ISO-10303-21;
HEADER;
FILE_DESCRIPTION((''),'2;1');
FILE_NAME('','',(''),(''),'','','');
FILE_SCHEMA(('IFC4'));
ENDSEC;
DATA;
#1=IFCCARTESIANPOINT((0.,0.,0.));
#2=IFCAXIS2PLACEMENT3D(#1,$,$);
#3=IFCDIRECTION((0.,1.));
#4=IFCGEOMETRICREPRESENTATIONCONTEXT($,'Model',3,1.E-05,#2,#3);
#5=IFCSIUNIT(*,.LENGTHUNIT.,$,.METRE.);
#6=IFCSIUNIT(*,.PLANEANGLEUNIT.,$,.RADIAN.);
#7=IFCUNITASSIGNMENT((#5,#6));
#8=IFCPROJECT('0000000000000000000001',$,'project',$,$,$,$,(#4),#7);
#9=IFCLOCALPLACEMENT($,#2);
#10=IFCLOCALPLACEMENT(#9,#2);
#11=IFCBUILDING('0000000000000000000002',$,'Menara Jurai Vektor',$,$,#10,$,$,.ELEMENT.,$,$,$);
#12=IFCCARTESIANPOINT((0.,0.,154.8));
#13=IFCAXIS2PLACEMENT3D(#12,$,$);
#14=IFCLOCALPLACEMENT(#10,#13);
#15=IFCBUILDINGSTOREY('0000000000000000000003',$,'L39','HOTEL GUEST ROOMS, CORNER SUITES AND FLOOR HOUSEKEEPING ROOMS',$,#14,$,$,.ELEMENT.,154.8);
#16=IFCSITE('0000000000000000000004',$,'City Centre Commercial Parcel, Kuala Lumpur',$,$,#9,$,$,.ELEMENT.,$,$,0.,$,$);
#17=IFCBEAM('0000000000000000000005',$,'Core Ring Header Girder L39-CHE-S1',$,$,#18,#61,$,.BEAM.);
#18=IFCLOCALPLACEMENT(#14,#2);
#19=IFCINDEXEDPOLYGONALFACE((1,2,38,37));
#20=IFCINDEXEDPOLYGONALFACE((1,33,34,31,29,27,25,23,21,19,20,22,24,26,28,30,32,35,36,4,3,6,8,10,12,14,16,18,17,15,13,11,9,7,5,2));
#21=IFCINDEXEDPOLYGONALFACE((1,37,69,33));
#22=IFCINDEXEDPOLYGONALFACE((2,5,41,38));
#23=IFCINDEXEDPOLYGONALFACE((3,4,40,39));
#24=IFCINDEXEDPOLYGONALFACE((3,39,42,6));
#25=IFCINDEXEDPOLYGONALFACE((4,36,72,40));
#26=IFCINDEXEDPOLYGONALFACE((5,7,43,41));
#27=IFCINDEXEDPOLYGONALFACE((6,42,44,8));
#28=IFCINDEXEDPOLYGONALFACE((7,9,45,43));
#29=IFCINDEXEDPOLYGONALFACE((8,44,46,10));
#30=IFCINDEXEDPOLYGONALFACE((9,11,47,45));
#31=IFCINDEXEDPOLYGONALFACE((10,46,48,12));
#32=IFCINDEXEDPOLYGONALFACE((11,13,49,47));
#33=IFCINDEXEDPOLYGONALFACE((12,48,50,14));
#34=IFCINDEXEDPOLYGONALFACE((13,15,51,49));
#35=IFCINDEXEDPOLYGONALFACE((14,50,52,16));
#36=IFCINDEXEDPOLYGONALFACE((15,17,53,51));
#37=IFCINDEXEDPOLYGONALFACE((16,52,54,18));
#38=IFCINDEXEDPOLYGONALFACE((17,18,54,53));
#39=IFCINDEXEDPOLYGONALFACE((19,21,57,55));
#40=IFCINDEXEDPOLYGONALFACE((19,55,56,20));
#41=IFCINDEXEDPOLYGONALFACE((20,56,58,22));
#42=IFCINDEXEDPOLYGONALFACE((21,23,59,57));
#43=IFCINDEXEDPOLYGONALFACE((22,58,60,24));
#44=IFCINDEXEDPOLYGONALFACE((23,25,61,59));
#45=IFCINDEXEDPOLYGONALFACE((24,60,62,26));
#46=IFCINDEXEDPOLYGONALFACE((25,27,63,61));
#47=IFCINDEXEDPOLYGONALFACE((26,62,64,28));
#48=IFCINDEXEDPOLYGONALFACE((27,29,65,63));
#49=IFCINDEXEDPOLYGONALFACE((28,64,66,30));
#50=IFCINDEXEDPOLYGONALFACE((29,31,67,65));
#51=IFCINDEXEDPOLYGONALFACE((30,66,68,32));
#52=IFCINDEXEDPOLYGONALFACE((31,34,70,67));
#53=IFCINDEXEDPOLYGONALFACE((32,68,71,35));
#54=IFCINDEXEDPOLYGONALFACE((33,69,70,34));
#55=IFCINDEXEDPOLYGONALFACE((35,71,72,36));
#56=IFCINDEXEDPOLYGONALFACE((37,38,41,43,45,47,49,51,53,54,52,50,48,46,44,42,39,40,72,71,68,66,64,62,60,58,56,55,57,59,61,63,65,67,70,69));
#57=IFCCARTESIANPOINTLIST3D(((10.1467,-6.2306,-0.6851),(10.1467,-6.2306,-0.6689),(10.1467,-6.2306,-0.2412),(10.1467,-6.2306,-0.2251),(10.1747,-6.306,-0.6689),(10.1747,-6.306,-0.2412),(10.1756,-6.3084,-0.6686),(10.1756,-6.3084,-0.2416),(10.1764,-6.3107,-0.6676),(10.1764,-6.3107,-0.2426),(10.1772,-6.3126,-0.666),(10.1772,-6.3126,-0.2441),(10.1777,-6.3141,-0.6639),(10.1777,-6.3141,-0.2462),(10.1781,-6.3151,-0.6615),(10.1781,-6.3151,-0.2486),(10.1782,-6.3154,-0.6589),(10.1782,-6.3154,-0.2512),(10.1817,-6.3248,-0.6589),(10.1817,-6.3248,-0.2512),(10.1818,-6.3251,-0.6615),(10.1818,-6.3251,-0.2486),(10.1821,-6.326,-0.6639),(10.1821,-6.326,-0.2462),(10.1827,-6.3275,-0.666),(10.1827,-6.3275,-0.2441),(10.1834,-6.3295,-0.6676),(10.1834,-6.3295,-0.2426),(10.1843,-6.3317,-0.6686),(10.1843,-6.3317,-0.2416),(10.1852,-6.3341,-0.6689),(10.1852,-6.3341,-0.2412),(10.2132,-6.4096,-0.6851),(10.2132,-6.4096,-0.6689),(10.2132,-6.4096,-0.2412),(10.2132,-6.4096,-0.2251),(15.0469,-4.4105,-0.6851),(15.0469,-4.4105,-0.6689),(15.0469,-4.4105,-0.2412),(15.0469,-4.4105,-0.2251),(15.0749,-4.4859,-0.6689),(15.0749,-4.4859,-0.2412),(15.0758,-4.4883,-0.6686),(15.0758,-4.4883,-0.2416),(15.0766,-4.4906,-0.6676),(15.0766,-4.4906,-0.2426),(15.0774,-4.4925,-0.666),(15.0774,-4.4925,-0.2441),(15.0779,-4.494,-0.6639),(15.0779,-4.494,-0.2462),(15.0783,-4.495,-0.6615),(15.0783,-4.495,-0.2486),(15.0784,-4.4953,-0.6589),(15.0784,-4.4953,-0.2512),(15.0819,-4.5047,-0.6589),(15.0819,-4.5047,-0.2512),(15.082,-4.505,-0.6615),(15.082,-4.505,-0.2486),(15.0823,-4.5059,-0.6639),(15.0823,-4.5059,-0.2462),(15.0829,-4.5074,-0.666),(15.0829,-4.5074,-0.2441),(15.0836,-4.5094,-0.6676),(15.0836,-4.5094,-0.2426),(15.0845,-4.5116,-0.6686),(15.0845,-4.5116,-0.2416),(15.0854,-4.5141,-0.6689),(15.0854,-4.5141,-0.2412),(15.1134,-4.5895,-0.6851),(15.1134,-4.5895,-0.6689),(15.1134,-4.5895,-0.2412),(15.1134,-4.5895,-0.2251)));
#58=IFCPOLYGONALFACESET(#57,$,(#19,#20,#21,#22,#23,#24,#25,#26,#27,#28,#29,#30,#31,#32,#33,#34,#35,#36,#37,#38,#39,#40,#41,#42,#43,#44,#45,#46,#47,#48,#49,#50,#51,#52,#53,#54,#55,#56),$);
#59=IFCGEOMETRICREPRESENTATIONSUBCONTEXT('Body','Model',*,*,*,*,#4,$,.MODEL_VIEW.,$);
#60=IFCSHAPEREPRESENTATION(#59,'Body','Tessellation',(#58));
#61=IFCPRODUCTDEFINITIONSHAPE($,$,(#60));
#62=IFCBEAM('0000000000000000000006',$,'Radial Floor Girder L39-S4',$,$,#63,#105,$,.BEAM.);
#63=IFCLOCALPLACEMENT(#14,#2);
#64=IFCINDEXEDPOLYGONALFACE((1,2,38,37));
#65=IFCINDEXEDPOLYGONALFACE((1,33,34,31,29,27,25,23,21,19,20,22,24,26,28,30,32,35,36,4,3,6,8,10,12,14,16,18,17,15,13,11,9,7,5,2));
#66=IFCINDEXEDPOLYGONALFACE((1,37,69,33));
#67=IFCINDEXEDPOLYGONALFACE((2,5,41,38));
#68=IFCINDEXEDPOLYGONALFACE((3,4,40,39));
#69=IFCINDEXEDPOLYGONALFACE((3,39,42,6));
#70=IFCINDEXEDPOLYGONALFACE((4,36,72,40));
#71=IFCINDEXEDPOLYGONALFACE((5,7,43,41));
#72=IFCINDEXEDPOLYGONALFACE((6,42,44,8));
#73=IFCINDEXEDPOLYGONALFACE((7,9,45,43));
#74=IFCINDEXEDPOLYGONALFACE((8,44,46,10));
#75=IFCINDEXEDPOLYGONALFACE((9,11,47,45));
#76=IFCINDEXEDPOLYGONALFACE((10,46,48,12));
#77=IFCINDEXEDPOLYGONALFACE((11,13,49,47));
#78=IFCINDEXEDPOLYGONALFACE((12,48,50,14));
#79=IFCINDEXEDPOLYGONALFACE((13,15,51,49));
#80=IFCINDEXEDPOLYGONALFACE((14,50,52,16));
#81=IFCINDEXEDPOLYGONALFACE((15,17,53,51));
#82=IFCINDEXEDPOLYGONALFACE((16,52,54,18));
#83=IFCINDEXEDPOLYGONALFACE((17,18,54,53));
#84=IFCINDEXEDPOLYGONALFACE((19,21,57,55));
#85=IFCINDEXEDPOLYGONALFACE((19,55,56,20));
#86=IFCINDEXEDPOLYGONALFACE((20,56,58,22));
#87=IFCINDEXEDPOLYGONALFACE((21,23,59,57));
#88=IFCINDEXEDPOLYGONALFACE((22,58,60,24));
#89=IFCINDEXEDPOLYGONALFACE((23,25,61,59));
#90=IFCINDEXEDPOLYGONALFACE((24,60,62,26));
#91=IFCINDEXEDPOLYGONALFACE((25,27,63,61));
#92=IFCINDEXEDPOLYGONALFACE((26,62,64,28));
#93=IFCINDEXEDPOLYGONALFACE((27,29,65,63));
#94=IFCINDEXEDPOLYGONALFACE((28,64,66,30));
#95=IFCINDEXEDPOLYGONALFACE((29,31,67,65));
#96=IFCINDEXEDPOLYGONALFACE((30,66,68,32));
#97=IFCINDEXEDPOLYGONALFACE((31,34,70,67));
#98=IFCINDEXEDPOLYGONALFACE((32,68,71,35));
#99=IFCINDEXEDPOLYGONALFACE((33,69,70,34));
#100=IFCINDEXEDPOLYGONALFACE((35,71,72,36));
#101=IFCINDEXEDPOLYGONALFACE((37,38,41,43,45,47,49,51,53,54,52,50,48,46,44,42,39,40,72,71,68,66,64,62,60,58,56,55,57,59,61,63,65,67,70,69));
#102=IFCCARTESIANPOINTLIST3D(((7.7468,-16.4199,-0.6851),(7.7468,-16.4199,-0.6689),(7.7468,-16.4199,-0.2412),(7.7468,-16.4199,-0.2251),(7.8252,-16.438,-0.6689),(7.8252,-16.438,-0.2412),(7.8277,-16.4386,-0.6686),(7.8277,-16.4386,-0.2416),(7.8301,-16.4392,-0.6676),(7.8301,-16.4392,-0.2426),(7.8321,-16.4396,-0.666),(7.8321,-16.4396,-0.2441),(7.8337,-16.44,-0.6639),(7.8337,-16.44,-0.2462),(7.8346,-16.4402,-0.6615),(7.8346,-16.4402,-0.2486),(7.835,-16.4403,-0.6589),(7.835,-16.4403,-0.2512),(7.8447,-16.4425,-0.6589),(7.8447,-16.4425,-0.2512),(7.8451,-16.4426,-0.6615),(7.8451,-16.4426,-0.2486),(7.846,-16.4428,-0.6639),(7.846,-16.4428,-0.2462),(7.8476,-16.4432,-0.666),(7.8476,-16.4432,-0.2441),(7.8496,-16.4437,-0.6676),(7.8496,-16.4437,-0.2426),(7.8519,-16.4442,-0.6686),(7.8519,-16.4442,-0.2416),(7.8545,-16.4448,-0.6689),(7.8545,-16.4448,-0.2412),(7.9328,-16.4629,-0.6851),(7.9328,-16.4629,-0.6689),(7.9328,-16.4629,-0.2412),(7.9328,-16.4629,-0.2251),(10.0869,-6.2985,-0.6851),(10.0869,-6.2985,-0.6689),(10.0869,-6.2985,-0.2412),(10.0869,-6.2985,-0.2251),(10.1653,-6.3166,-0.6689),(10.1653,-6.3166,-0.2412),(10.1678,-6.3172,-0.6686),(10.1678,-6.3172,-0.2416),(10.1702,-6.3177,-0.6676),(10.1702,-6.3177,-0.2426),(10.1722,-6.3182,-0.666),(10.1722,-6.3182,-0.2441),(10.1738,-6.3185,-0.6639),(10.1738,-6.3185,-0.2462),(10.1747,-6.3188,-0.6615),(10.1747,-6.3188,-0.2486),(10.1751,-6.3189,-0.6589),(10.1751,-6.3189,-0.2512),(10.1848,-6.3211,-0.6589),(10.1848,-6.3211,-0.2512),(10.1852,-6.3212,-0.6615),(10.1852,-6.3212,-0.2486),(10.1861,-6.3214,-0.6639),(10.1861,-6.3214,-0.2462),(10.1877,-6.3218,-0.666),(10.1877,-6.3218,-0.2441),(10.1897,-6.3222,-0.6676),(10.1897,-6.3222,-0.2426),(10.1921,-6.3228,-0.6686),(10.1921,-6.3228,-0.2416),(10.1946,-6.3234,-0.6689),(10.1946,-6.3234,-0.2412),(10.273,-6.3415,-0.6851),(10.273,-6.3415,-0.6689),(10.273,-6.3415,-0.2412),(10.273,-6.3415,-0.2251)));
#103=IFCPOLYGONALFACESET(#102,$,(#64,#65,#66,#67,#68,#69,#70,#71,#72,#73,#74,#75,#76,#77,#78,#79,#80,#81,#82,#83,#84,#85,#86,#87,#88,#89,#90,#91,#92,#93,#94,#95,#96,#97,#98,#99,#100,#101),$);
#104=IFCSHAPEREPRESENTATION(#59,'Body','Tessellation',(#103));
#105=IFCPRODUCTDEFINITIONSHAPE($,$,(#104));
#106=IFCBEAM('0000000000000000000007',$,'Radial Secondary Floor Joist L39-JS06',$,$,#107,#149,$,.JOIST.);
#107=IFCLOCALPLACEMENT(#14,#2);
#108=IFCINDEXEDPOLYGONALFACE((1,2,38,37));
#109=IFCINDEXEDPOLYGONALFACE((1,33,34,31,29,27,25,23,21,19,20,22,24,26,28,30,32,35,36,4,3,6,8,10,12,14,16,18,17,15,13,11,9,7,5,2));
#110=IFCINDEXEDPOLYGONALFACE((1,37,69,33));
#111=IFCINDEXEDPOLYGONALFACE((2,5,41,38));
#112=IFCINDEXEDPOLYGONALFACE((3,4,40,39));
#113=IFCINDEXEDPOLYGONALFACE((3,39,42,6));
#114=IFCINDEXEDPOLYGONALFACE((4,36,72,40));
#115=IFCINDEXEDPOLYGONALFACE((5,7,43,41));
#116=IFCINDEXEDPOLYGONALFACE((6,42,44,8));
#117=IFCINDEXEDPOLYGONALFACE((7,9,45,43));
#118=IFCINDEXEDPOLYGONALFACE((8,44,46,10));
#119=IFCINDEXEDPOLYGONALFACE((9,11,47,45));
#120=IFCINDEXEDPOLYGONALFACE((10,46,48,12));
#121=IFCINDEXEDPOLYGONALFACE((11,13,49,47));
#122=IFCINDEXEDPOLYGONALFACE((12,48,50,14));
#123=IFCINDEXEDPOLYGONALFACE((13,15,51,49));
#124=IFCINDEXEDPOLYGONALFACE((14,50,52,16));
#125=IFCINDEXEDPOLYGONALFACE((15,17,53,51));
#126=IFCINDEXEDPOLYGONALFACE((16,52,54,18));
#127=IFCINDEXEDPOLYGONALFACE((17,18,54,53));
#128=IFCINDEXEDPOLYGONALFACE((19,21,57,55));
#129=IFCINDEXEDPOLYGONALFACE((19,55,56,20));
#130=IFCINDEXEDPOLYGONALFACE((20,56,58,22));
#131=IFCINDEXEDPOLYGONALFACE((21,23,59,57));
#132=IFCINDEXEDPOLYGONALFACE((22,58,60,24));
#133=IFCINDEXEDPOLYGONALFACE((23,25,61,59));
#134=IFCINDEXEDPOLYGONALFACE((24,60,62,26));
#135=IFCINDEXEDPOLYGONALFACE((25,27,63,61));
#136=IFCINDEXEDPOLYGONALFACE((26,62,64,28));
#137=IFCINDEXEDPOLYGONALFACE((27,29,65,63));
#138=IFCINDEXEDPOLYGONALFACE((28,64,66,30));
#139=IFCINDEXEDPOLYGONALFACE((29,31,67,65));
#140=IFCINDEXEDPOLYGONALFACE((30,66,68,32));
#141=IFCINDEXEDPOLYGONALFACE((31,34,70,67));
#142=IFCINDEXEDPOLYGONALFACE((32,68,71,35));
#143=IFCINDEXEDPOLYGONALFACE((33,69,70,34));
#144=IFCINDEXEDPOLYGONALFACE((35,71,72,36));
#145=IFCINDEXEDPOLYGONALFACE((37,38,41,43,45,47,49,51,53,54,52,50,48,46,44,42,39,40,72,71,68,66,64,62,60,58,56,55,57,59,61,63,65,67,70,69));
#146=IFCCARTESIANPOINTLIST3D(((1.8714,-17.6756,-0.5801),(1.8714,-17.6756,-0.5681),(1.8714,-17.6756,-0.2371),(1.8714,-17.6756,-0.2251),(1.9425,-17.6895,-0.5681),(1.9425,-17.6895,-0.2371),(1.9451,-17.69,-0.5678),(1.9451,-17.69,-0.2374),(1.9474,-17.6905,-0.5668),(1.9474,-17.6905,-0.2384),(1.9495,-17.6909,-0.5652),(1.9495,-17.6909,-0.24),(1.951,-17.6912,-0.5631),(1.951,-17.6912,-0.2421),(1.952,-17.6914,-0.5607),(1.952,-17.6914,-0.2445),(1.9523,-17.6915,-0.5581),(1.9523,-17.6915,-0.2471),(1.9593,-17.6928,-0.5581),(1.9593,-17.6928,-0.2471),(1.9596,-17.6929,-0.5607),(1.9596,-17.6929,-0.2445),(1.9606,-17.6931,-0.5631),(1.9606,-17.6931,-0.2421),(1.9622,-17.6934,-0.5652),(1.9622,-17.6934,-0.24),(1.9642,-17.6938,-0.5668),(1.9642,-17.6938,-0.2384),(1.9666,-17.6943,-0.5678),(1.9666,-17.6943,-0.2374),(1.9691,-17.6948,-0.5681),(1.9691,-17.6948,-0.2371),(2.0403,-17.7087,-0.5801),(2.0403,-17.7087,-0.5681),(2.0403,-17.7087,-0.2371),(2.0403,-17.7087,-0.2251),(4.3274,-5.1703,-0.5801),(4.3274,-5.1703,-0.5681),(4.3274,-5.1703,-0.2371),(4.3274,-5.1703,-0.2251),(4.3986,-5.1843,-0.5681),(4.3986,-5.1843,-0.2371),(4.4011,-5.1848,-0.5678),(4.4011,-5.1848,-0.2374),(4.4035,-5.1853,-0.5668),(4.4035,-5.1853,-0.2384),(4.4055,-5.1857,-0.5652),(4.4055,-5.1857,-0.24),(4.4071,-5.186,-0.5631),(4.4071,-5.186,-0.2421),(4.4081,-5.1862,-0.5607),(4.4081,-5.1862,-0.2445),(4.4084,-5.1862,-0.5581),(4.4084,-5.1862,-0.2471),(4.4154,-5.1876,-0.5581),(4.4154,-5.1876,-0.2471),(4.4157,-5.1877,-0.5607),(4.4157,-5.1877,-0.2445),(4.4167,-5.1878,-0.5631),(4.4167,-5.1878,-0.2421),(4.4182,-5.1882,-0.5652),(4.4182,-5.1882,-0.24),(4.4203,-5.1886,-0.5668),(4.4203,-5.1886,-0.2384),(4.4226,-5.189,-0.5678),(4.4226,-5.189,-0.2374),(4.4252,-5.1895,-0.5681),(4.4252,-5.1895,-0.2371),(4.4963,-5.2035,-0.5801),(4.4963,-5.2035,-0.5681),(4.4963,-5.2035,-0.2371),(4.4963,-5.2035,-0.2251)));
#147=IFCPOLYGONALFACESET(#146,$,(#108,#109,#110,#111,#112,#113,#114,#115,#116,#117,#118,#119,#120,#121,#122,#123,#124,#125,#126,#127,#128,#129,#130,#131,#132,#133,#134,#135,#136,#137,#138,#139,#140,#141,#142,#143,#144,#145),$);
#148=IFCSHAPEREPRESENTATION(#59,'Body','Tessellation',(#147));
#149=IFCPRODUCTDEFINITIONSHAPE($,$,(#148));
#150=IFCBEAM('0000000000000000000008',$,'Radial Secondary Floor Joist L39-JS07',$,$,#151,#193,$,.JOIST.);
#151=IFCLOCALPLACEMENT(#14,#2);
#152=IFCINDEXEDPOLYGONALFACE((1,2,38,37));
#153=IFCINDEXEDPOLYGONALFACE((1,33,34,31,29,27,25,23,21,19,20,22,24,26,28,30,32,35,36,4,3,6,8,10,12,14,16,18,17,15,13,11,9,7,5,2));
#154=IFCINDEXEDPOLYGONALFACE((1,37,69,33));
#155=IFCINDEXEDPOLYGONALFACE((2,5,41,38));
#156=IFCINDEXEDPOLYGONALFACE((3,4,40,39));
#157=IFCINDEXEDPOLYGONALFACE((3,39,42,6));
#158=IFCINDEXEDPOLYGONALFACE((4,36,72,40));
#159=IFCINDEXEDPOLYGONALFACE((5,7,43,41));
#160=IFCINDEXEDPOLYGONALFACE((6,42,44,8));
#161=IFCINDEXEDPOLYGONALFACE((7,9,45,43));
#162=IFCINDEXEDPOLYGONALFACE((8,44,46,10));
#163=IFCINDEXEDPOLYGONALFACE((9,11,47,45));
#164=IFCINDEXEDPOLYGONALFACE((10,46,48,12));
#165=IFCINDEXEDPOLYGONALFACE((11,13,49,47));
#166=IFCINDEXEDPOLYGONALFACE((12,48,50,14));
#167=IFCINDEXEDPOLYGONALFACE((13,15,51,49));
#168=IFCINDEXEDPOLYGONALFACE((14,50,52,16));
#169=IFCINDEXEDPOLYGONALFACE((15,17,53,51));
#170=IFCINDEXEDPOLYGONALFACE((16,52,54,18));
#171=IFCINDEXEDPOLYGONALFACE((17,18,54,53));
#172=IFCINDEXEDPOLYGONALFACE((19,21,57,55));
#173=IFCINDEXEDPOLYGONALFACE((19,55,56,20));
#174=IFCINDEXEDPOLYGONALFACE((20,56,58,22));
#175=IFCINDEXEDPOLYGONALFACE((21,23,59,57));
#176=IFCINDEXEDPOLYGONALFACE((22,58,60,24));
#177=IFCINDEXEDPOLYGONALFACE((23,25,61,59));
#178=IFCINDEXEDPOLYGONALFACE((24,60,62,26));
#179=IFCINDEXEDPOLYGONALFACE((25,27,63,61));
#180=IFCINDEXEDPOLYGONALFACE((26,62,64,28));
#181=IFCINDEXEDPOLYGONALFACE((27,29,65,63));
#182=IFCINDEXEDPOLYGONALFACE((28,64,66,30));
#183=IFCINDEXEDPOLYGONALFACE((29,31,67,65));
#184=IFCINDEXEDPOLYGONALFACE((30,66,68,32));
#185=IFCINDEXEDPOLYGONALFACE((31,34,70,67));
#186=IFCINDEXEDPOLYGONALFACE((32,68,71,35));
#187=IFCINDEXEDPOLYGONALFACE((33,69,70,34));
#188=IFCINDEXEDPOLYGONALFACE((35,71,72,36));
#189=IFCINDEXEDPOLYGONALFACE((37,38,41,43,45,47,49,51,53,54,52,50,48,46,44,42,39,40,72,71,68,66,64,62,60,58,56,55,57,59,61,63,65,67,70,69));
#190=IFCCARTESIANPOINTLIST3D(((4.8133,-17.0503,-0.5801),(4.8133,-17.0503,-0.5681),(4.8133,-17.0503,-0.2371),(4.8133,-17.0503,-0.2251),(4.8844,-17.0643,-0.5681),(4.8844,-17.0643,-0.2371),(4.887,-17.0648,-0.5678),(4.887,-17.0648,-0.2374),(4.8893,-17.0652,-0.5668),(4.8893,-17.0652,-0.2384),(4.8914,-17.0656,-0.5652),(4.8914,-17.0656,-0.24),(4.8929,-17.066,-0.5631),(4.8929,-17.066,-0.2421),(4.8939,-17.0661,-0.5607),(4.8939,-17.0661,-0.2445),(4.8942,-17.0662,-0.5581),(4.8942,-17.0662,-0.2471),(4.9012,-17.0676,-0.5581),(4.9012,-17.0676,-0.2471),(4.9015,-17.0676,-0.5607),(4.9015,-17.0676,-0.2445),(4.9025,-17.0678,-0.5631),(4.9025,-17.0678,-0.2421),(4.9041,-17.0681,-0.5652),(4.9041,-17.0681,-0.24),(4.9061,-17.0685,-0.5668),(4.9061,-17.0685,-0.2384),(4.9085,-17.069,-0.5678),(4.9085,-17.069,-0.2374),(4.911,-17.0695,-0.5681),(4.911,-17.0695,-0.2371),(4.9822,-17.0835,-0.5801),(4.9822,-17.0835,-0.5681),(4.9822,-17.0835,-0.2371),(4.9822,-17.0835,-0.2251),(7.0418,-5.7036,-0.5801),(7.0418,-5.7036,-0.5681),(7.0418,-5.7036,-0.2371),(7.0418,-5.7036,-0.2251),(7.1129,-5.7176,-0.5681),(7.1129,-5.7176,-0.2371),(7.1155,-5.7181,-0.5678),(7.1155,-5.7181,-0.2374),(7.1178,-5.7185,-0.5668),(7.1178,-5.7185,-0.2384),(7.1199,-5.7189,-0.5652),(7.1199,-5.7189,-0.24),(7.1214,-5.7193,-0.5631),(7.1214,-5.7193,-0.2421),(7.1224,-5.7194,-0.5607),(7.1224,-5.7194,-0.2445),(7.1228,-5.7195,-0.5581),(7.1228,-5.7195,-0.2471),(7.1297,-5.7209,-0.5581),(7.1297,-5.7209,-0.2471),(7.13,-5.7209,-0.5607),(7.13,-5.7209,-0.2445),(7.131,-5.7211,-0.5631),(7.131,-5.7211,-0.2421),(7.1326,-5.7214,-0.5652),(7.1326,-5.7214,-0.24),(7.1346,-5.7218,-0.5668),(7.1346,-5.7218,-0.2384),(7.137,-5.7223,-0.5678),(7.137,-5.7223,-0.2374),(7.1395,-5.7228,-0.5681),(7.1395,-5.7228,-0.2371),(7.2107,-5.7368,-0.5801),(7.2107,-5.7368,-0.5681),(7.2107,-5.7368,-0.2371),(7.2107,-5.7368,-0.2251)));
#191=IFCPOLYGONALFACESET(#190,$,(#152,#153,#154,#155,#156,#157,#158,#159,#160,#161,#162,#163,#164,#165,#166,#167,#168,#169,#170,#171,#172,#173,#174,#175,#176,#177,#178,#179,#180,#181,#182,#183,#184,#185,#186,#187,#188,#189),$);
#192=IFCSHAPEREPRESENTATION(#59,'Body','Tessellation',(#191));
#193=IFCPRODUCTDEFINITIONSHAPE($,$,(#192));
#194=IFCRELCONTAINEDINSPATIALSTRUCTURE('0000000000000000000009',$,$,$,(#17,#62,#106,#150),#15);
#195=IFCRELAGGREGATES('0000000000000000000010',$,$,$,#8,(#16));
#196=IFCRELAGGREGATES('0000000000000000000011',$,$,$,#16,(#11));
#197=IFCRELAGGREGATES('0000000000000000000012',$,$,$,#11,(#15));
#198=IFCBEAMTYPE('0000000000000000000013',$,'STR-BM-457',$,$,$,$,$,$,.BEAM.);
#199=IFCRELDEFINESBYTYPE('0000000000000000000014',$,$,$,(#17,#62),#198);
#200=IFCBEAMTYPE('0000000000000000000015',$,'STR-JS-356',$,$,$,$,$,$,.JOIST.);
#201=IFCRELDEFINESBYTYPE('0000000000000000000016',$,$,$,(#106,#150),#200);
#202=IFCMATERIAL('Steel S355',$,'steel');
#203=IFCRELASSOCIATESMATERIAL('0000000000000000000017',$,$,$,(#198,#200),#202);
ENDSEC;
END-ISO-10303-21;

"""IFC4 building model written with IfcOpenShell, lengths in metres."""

from ifc_helpers import new_model, si_unit, direction, frame, origin, origin_2d, place, context, subcontext, project, spatial, i_section, extrude, material, material_profile, profile_set, type_object, element, save


model = new_model("IFC4")

# Units and contexts
model_context = context("Model", 3, precision=1e-05, world=origin(), true_north=direction((0.0, 1.0)))
body_context = subcontext(model_context, "Body", "Model", "MODEL_VIEW")
ifc_project = project(units=[si_unit("LENGTHUNIT", "METRE"), si_unit("PLANEANGLEUNIT", "RADIAN")], contexts=[model_context])

# Site, building, storey
site_placement = place(None, origin())
site = spatial("IfcSite", under=ifc_project, at=site_placement, Name="City Centre Commercial Parcel, Kuala Lumpur", CompositionType="ELEMENT", RefElevation=0.0)
building_placement = place(site_placement, origin())
building = spatial("IfcBuilding", under=site, at=building_placement, Name="Menara Jurai Vektor", CompositionType="ELEMENT")
storey_placement = place(building_placement, frame((0.0, 0.0, 154.8)))
storey = spatial("IfcBuildingStorey", under=building, at=storey_placement, Name="L39", Description="HOTEL GUEST ROOMS, CORNER SUITES AND FLOOR HOUSEKEEPING ROOMS", CompositionType="ELEMENT", Elevation=154.8)

# Beams
ifc_material_1 = material(Name="Steel S355", Category="steel")
ifc_material_profile_1 = material_profile(ifc_material_1, i_section(OverallWidth=0.1909, OverallDepth=0.46, WebThickness=0.01, FlangeThickness=0.0161, FilletRadius=0.01, at=origin_2d()), Name="UKB 457x191x82")
ifc_profile_set_1 = profile_set([ifc_material_profile_1], Name="Steel S355")
beam_type_1 = type_object("IfcBeamType", Name="STR-BM-457", PredefinedType="BEAM", material=ifc_profile_set_1)
beam_1_placement = place(storey_placement, frame((10.1799, -6.3201, -0.4551), z_axis=(0.937424, 0.348189, 0.0), x_axis=(-0.348189, 0.937424, 0.0)))
element("IfcBeam", 1, at=beam_1_placement, inside=storey, type_object=beam_type_1, Name="Core Ring Header Girder L39-CHE-S1", PredefinedType="BEAM", context=body_context, shape_type="SweptSolid", body=[
    extrude(i_section(OverallWidth=0.1909, OverallDepth=0.46, WebThickness=0.01, FlangeThickness=0.0161, FilletRadius=0.01, at=origin_2d()), origin(), (0.0, 0.0, 1.0), 5.2273),
])
beam_2_placement = place(storey_placement, frame((7.8398, -16.4414, -0.4551), z_axis=(0.225261, 0.974298, 0.0), x_axis=(-0.974298, 0.225261, 0.0)))
element("IfcBeam", 2, at=beam_2_placement, inside=storey, type_object=beam_type_1, Name="Radial Floor Girder L39-S4", PredefinedType="BEAM", context=body_context, shape_type="SweptSolid", body=[
    extrude(i_section(OverallWidth=0.1909, OverallDepth=0.46, WebThickness=0.01, FlangeThickness=0.0161, FilletRadius=0.01, at=origin_2d()), origin(), (0.0, 0.0, 1.0), 10.3884),
])
ifc_material_profile_2 = material_profile(ifc_material_1, i_section(OverallWidth=0.1721, OverallDepth=0.355, WebThickness=0.0071, FlangeThickness=0.012, FilletRadius=0.01, at=origin_2d()), Name="UKB 356x171x51")
ifc_profile_set_2 = profile_set([ifc_material_profile_2], Name="Steel S355")
beam_type_2 = type_object("IfcBeamType", Name="STR-JS-356", PredefinedType="JOIST", material=ifc_profile_set_2)
beam_3_placement = place(storey_placement, frame((1.9558, -17.6921, -0.4026), z_axis=(0.192722, 0.981253, 0.0), x_axis=(-0.981253, 0.192722, 0.0)))
element("IfcBeam", 3, at=beam_3_placement, inside=storey, type_object=beam_type_2, Name="Radial Secondary Floor Joist L39-JS06", PredefinedType="JOIST", context=body_context, shape_type="SweptSolid", body=[
    extrude(i_section(OverallWidth=0.1721, OverallDepth=0.355, WebThickness=0.0071, FlangeThickness=0.012, FilletRadius=0.01, at=origin_2d()), origin(), (0.0, 0.0, 1.0), 12.7441),
])
beam_4_placement = place(storey_placement, frame((4.8977, -17.0669, -0.4026), z_axis=(0.192721, 0.981254, 0.0), x_axis=(-0.981254, 0.192721, 0.0)))
element("IfcBeam", 4, at=beam_4_placement, inside=storey, type_object=beam_type_2, Name="Radial Secondary Floor Joist L39-JS07", PredefinedType="JOIST", context=body_context, shape_type="SweptSolid", body=[
    extrude(i_section(OverallWidth=0.1721, OverallDepth=0.355, WebThickness=0.0071, FlangeThickness=0.012, FilletRadius=0.01, at=origin_2d()), origin(), (0.0, 0.0, 1.0), 11.5635),
])

save(model, "model.ifc")
